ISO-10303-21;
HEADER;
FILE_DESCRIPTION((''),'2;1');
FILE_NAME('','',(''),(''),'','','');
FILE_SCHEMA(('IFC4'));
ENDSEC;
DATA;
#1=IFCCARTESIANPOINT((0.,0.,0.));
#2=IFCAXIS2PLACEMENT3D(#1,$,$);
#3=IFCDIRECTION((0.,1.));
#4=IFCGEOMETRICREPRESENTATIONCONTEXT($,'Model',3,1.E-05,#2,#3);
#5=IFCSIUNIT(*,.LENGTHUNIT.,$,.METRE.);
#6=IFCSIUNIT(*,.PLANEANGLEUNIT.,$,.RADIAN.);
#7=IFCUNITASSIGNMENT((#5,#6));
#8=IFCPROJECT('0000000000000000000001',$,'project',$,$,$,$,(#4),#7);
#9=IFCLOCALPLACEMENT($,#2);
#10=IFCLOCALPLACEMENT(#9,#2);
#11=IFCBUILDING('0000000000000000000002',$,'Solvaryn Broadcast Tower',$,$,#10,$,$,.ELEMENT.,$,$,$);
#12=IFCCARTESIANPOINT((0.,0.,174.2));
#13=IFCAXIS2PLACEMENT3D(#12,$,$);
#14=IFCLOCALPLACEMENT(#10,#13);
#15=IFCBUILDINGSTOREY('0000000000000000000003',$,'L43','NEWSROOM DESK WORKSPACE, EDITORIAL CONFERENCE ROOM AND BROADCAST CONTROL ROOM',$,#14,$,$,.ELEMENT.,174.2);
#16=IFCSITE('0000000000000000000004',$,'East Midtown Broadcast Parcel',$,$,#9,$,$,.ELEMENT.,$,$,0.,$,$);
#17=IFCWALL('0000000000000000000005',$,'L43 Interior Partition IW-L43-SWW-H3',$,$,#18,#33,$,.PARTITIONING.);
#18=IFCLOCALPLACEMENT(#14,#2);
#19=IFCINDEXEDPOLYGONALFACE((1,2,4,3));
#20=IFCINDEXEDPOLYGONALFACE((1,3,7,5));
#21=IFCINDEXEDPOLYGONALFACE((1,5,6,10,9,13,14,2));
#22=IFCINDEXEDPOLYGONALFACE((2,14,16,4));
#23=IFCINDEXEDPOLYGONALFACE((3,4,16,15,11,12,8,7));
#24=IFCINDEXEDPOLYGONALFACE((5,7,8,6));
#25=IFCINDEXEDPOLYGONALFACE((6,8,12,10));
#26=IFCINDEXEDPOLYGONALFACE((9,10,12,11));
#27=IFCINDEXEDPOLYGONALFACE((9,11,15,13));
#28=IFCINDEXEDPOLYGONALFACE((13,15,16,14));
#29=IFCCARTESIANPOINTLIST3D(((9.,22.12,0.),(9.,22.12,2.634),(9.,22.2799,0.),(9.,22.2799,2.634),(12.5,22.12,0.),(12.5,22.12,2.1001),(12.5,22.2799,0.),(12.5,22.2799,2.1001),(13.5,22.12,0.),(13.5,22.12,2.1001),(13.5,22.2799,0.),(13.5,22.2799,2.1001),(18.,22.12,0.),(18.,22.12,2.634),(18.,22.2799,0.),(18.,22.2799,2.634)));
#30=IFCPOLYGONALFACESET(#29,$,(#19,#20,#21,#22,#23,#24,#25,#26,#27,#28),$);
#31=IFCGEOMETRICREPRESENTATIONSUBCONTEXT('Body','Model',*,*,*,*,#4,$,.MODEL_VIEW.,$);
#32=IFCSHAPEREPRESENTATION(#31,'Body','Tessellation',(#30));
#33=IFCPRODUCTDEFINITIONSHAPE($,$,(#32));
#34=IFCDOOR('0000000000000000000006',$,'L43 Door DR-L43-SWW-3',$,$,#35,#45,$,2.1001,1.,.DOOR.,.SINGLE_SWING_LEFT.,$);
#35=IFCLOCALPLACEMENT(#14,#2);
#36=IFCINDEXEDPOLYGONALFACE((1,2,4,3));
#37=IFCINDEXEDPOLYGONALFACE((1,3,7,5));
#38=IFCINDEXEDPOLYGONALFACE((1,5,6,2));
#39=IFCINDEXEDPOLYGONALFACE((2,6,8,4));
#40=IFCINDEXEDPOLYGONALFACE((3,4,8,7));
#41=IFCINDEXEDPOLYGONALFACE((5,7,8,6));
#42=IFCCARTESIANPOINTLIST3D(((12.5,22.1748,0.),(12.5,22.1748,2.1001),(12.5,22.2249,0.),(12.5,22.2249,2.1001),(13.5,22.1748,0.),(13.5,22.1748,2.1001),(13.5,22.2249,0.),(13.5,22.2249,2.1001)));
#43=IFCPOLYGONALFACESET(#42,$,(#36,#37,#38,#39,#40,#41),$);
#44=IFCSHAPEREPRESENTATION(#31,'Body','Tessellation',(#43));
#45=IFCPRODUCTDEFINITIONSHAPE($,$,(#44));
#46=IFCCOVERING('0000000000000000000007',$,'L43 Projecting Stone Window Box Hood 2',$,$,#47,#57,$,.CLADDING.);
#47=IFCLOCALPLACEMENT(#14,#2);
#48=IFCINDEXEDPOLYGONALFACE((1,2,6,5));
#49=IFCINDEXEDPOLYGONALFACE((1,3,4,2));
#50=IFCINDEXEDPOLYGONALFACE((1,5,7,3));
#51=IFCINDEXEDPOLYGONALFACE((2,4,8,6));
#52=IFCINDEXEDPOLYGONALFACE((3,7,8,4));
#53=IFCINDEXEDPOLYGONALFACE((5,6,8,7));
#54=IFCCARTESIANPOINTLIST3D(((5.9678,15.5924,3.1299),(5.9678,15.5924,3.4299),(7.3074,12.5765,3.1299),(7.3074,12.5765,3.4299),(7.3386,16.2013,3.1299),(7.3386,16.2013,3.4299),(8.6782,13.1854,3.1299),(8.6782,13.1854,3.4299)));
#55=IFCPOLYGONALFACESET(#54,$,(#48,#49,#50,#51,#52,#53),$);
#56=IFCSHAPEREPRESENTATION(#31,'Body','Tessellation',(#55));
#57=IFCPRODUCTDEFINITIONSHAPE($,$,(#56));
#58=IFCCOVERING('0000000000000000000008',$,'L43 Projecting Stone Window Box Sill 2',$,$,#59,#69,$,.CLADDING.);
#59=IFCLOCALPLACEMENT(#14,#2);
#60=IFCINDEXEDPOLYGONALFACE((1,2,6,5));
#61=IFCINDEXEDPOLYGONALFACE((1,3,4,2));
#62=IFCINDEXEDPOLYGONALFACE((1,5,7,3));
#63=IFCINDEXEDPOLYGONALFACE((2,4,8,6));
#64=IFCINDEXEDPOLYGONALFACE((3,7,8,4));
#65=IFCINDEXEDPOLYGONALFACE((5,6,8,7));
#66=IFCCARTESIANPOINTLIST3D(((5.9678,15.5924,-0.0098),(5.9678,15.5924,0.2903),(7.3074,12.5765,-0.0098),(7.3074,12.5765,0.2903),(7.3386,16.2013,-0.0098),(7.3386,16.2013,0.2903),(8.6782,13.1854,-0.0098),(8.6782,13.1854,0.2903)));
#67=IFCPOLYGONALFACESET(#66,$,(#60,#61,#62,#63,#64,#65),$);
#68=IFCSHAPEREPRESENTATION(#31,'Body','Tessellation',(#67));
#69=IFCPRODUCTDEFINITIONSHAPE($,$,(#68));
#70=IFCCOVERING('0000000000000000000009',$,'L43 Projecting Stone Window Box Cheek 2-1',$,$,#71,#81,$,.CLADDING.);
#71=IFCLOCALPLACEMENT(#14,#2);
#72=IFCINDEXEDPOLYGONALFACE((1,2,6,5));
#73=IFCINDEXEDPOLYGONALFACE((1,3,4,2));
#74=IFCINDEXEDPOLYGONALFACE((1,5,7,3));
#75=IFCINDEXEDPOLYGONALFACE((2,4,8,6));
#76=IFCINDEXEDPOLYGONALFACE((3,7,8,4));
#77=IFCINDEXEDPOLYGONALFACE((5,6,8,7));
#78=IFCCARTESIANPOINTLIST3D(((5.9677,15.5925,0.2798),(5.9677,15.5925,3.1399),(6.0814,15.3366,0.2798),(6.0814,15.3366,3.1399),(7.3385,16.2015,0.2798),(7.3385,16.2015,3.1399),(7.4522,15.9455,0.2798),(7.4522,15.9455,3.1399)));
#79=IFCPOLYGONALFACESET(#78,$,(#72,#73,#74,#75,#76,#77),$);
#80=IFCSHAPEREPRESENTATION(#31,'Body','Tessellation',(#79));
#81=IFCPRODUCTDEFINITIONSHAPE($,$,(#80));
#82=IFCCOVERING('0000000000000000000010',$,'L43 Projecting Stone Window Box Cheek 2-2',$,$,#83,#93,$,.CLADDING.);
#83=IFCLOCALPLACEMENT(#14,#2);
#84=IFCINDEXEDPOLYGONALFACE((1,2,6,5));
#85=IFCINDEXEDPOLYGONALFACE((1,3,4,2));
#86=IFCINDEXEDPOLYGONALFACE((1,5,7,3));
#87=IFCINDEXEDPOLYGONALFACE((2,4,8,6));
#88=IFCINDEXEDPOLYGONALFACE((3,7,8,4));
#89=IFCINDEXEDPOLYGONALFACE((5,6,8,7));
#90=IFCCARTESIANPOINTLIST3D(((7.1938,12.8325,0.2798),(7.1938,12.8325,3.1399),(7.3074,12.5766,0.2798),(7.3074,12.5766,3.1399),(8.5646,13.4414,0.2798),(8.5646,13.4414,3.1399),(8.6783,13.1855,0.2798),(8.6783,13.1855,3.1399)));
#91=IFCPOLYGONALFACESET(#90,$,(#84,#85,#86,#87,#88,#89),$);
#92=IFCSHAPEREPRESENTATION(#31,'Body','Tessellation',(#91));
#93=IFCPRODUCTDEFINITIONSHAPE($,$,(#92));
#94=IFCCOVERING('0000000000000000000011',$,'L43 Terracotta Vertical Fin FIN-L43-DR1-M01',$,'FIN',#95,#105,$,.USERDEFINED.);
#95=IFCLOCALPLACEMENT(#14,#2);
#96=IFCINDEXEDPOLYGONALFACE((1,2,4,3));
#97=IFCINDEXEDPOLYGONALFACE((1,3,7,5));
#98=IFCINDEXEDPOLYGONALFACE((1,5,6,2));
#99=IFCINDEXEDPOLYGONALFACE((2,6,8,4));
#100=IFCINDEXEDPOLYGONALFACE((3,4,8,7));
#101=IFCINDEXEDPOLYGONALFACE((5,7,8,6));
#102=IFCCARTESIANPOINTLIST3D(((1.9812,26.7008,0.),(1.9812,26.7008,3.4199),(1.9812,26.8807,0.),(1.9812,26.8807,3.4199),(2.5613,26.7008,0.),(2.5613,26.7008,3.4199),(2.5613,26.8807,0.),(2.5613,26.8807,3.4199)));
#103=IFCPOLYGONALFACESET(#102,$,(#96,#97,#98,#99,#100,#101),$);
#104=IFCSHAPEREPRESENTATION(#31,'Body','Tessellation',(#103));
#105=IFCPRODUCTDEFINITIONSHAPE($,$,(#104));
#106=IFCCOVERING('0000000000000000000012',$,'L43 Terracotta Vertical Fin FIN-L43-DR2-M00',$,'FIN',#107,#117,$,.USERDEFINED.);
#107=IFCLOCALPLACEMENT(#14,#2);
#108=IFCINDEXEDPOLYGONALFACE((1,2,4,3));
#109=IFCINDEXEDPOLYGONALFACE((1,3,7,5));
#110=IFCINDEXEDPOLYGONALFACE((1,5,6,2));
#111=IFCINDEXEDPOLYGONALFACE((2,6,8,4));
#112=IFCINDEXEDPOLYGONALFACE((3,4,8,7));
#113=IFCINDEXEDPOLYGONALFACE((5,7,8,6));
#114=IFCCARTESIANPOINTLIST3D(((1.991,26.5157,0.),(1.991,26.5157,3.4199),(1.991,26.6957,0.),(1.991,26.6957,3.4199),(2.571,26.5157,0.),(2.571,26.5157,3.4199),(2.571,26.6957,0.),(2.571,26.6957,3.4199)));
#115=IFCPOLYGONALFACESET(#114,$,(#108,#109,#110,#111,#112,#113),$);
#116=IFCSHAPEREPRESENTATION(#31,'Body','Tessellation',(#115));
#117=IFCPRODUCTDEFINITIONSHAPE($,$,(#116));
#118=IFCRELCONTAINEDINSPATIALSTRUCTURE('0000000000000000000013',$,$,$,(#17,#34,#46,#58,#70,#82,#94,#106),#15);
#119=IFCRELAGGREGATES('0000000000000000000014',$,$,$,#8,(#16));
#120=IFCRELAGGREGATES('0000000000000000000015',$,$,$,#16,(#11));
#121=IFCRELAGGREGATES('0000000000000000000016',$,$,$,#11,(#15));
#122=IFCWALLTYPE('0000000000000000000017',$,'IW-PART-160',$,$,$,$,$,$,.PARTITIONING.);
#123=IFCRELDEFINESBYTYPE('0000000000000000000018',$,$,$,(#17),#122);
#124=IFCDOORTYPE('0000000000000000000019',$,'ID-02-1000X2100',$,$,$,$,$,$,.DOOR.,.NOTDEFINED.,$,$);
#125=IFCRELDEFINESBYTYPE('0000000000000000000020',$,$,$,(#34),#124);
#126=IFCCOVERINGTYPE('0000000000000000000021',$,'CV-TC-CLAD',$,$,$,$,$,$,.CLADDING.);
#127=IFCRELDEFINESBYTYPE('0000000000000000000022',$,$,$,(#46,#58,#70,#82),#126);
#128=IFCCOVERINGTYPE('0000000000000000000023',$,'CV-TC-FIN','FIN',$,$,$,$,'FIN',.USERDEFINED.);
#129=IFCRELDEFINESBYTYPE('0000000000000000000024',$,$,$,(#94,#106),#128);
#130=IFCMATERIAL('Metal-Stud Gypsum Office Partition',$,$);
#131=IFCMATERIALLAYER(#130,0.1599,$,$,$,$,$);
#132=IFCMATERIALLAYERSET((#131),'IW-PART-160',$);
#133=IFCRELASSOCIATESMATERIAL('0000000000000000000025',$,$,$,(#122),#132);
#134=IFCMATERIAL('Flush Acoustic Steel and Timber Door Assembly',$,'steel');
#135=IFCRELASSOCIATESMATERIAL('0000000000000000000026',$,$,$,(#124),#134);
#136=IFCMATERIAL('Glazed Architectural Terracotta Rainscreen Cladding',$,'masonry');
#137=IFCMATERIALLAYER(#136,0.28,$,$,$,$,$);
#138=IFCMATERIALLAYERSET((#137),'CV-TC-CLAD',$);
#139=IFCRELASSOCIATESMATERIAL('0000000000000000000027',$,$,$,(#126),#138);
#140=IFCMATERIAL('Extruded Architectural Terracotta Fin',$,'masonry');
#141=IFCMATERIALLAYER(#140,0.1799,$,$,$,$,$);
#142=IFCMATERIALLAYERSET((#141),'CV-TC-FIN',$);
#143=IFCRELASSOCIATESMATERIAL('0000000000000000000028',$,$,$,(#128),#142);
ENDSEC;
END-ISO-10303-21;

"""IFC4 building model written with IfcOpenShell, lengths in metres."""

from ifc_helpers import new_model, si_unit, direction, frame, frame_2d, origin, origin_2d, place, context, subcontext, project, spatial, rectangle, extrude, material, layer, layer_set, type_object, element, fill, save


model = new_model("IFC4")

# Units and contexts
model_context = context("Model", 3, precision=1e-05, world=origin(), true_north=direction((0.0, 1.0)))
body_context = subcontext(model_context, "Body", "Model", "MODEL_VIEW")
ifc_project = project(units=[si_unit("LENGTHUNIT", "METRE"), si_unit("PLANEANGLEUNIT", "RADIAN")], contexts=[model_context])

# Site, building, storey
site_placement = place(None, origin())
site = spatial("IfcSite", under=ifc_project, at=site_placement, Name="East Midtown Broadcast Parcel", CompositionType="ELEMENT", RefElevation=0.0)
building_placement = place(site_placement, origin())
building = spatial("IfcBuilding", under=site, at=building_placement, Name="Solvaryn Broadcast Tower", CompositionType="ELEMENT")
storey_placement = place(building_placement, frame((0.0, 0.0, 174.2)))
storey = spatial("IfcBuildingStorey", under=building, at=storey_placement, Name="L43", Description="NEWSROOM DESK WORKSPACE, EDITORIAL CONFERENCE ROOM AND BROADCAST CONTROL ROOM", CompositionType="ELEMENT", Elevation=174.2)

# Wall, opening, door
ifc_material_1 = material(Name="Metal-Stud Gypsum Office Partition")
ifc_layer_1 = layer(ifc_material_1, 0.1599)
ifc_layer_set_1 = layer_set([ifc_layer_1], Name="IW-PART-160")
wall_type = type_object("IfcWallType", Name="IW-PART-160", PredefinedType="PARTITIONING", material=ifc_layer_set_1)
wall_1_placement = place(storey_placement, frame((9.0, 22.2, 0.0), z_axis=(0.0, 0.0, 1.0), x_axis=(1.0, 0.0, 0.0)))
wall_1 = element("IfcWall", 1, at=wall_1_placement, inside=storey, type_object=wall_type, Name="L43 Interior Partition IW-L43-SWW-H3", PredefinedType="PARTITIONING", context=body_context, shape_type="SweptSolid", body=[
    extrude(rectangle(XDim=9.0, YDim=0.1599, at=frame_2d((4.5, 0.0))), origin(), (0.0, 0.0, 1.0), 2.634),
])
opening_1_placement = place(wall_1_placement, frame((3.5, 0.0, 0.0)))
opening_1 = element("IfcOpeningElement", 2, at=opening_1_placement, cuts=wall_1, PredefinedType="OPENING", context=body_context, shape_type="SweptSolid", body=[
    extrude(rectangle(XDim=1.0, YDim=2.1001, at=frame_2d((0.5, 1.05))), frame((0.0, 0.0901, 0.0), z_axis=(0.0, -1.0, 0.0), x_axis=(1.0, 0.0, 0.0)), (0.0, 0.0, 1.0), 0.1799),
])
ifc_material_2 = material(Name="Flush Acoustic Steel and Timber Door Assembly", Category="steel")
door_type_1 = type_object("IfcDoorType", Name="ID-02-1000X2100", OperationType="NOTDEFINED", PredefinedType="DOOR", material=ifc_material_2)
door_1_placement = place(opening_1_placement, origin())
door_1 = element("IfcDoor", 3, at=door_1_placement, inside=storey, type_object=door_type_1, Name="L43 Door DR-L43-SWW-3", OperationType="SINGLE_SWING_LEFT", OverallHeight=2.1001, OverallWidth=1.0, PredefinedType="DOOR", context=body_context, shape_type="SweptSolid", body=[
    extrude(rectangle(XDim=1.0, YDim=2.1001, at=frame_2d((0.5, 1.05))), frame((0.0, 0.0249, 0.0), z_axis=(0.0, -1.0, 0.0), x_axis=(1.0, 0.0, 0.0)), (0.0, 0.0, 1.0), 0.05),
])
fill(opening_1, door_1)

# Coverings
ifc_material_3 = material(Name="Glazed Architectural Terracotta Rainscreen Cladding", Category="masonry")
ifc_layer_2 = layer(ifc_material_3, 0.28)
ifc_layer_set_2 = layer_set([ifc_layer_2], Name="CV-TC-CLAD")
covering_type_1 = type_object("IfcCoveringType", Name="CV-TC-CLAD", PredefinedType="CLADDING", material=ifc_layer_set_2)
for number, where, z_axis, x_axis, name in (
    (4, (7.323, 14.3889, 3.1299), (0.0, 0.0, 1.0), (0.405939, -0.9139, 0.0), "L43 Projecting Stone Window Box Hood 2"),
    (5, (7.323, 14.3889, -0.0098), (0.0, 0.0, 1.0), (0.405939, -0.9139, 0.0), "L43 Projecting Stone Window Box Sill 2"),
):
    element("IfcCovering", number, at=place(storey_placement, frame(where, z_axis=z_axis, x_axis=x_axis)), inside=storey, type_object=covering_type_1, Name=name, PredefinedType="CLADDING", context=body_context, shape_type="SweptSolid", body=[
        extrude(rectangle(XDim=3.3, YDim=1.5, at=origin_2d()), origin(), (0.0, 0.0, 1.0), 0.3),
    ])
for number, where, z_axis, x_axis, name in (
    (6, (6.71, 15.769, 0.2798), (0.0, 0.0, 1.0), (0.405939, -0.9139, 0.0), "L43 Projecting Stone Window Box Cheek 2-1"),
    (7, (7.936, 13.009, 0.2798), (0.0, 0.0, 1.0), (0.405939, -0.9139, 0.0), "L43 Projecting Stone Window Box Cheek 2-2"),
):
    element("IfcCovering", number, at=place(storey_placement, frame(where, z_axis=z_axis, x_axis=x_axis)), inside=storey, type_object=covering_type_1, Name=name, PredefinedType="CLADDING", context=body_context, shape_type="SweptSolid", body=[
        extrude(rectangle(XDim=0.28, YDim=1.5, at=origin_2d()), origin(), (0.0, 0.0, 1.0), 2.8601),
    ])
ifc_material_4 = material(Name="Extruded Architectural Terracotta Fin", Category="masonry")
ifc_layer_3 = layer(ifc_material_4, 0.1799)
ifc_layer_set_3 = layer_set([ifc_layer_3], Name="CV-TC-FIN")
covering_type_2 = type_object("IfcCoveringType", Name="CV-TC-FIN", Description="FIN", ElementType="FIN", PredefinedType="USERDEFINED", material=ifc_layer_set_3)
for number, where, z_axis, x_axis, name in (
    (8, (2.2712, 26.7908, 0.0), (0.0, 0.0, 1.0), (1.0, 0.0, 0.0), "L43 Terracotta Vertical Fin FIN-L43-DR1-M01"),
    (9, (2.281, 26.6057, 0.0), (0.0, 0.0, 1.0), (1.0, 0.0, 0.0), "L43 Terracotta Vertical Fin FIN-L43-DR2-M00"),
):
    element("IfcCovering", number, at=place(storey_placement, frame(where, z_axis=z_axis, x_axis=x_axis)), inside=storey, type_object=covering_type_2, Name=name, ObjectType="FIN", PredefinedType="USERDEFINED", context=body_context, shape_type="SweptSolid", body=[
        extrude(rectangle(XDim=0.5801, YDim=0.1799, at=origin_2d()), origin(), (0.0, 0.0, 1.0), 3.4199),
    ])

save(model, "model.ifc")
